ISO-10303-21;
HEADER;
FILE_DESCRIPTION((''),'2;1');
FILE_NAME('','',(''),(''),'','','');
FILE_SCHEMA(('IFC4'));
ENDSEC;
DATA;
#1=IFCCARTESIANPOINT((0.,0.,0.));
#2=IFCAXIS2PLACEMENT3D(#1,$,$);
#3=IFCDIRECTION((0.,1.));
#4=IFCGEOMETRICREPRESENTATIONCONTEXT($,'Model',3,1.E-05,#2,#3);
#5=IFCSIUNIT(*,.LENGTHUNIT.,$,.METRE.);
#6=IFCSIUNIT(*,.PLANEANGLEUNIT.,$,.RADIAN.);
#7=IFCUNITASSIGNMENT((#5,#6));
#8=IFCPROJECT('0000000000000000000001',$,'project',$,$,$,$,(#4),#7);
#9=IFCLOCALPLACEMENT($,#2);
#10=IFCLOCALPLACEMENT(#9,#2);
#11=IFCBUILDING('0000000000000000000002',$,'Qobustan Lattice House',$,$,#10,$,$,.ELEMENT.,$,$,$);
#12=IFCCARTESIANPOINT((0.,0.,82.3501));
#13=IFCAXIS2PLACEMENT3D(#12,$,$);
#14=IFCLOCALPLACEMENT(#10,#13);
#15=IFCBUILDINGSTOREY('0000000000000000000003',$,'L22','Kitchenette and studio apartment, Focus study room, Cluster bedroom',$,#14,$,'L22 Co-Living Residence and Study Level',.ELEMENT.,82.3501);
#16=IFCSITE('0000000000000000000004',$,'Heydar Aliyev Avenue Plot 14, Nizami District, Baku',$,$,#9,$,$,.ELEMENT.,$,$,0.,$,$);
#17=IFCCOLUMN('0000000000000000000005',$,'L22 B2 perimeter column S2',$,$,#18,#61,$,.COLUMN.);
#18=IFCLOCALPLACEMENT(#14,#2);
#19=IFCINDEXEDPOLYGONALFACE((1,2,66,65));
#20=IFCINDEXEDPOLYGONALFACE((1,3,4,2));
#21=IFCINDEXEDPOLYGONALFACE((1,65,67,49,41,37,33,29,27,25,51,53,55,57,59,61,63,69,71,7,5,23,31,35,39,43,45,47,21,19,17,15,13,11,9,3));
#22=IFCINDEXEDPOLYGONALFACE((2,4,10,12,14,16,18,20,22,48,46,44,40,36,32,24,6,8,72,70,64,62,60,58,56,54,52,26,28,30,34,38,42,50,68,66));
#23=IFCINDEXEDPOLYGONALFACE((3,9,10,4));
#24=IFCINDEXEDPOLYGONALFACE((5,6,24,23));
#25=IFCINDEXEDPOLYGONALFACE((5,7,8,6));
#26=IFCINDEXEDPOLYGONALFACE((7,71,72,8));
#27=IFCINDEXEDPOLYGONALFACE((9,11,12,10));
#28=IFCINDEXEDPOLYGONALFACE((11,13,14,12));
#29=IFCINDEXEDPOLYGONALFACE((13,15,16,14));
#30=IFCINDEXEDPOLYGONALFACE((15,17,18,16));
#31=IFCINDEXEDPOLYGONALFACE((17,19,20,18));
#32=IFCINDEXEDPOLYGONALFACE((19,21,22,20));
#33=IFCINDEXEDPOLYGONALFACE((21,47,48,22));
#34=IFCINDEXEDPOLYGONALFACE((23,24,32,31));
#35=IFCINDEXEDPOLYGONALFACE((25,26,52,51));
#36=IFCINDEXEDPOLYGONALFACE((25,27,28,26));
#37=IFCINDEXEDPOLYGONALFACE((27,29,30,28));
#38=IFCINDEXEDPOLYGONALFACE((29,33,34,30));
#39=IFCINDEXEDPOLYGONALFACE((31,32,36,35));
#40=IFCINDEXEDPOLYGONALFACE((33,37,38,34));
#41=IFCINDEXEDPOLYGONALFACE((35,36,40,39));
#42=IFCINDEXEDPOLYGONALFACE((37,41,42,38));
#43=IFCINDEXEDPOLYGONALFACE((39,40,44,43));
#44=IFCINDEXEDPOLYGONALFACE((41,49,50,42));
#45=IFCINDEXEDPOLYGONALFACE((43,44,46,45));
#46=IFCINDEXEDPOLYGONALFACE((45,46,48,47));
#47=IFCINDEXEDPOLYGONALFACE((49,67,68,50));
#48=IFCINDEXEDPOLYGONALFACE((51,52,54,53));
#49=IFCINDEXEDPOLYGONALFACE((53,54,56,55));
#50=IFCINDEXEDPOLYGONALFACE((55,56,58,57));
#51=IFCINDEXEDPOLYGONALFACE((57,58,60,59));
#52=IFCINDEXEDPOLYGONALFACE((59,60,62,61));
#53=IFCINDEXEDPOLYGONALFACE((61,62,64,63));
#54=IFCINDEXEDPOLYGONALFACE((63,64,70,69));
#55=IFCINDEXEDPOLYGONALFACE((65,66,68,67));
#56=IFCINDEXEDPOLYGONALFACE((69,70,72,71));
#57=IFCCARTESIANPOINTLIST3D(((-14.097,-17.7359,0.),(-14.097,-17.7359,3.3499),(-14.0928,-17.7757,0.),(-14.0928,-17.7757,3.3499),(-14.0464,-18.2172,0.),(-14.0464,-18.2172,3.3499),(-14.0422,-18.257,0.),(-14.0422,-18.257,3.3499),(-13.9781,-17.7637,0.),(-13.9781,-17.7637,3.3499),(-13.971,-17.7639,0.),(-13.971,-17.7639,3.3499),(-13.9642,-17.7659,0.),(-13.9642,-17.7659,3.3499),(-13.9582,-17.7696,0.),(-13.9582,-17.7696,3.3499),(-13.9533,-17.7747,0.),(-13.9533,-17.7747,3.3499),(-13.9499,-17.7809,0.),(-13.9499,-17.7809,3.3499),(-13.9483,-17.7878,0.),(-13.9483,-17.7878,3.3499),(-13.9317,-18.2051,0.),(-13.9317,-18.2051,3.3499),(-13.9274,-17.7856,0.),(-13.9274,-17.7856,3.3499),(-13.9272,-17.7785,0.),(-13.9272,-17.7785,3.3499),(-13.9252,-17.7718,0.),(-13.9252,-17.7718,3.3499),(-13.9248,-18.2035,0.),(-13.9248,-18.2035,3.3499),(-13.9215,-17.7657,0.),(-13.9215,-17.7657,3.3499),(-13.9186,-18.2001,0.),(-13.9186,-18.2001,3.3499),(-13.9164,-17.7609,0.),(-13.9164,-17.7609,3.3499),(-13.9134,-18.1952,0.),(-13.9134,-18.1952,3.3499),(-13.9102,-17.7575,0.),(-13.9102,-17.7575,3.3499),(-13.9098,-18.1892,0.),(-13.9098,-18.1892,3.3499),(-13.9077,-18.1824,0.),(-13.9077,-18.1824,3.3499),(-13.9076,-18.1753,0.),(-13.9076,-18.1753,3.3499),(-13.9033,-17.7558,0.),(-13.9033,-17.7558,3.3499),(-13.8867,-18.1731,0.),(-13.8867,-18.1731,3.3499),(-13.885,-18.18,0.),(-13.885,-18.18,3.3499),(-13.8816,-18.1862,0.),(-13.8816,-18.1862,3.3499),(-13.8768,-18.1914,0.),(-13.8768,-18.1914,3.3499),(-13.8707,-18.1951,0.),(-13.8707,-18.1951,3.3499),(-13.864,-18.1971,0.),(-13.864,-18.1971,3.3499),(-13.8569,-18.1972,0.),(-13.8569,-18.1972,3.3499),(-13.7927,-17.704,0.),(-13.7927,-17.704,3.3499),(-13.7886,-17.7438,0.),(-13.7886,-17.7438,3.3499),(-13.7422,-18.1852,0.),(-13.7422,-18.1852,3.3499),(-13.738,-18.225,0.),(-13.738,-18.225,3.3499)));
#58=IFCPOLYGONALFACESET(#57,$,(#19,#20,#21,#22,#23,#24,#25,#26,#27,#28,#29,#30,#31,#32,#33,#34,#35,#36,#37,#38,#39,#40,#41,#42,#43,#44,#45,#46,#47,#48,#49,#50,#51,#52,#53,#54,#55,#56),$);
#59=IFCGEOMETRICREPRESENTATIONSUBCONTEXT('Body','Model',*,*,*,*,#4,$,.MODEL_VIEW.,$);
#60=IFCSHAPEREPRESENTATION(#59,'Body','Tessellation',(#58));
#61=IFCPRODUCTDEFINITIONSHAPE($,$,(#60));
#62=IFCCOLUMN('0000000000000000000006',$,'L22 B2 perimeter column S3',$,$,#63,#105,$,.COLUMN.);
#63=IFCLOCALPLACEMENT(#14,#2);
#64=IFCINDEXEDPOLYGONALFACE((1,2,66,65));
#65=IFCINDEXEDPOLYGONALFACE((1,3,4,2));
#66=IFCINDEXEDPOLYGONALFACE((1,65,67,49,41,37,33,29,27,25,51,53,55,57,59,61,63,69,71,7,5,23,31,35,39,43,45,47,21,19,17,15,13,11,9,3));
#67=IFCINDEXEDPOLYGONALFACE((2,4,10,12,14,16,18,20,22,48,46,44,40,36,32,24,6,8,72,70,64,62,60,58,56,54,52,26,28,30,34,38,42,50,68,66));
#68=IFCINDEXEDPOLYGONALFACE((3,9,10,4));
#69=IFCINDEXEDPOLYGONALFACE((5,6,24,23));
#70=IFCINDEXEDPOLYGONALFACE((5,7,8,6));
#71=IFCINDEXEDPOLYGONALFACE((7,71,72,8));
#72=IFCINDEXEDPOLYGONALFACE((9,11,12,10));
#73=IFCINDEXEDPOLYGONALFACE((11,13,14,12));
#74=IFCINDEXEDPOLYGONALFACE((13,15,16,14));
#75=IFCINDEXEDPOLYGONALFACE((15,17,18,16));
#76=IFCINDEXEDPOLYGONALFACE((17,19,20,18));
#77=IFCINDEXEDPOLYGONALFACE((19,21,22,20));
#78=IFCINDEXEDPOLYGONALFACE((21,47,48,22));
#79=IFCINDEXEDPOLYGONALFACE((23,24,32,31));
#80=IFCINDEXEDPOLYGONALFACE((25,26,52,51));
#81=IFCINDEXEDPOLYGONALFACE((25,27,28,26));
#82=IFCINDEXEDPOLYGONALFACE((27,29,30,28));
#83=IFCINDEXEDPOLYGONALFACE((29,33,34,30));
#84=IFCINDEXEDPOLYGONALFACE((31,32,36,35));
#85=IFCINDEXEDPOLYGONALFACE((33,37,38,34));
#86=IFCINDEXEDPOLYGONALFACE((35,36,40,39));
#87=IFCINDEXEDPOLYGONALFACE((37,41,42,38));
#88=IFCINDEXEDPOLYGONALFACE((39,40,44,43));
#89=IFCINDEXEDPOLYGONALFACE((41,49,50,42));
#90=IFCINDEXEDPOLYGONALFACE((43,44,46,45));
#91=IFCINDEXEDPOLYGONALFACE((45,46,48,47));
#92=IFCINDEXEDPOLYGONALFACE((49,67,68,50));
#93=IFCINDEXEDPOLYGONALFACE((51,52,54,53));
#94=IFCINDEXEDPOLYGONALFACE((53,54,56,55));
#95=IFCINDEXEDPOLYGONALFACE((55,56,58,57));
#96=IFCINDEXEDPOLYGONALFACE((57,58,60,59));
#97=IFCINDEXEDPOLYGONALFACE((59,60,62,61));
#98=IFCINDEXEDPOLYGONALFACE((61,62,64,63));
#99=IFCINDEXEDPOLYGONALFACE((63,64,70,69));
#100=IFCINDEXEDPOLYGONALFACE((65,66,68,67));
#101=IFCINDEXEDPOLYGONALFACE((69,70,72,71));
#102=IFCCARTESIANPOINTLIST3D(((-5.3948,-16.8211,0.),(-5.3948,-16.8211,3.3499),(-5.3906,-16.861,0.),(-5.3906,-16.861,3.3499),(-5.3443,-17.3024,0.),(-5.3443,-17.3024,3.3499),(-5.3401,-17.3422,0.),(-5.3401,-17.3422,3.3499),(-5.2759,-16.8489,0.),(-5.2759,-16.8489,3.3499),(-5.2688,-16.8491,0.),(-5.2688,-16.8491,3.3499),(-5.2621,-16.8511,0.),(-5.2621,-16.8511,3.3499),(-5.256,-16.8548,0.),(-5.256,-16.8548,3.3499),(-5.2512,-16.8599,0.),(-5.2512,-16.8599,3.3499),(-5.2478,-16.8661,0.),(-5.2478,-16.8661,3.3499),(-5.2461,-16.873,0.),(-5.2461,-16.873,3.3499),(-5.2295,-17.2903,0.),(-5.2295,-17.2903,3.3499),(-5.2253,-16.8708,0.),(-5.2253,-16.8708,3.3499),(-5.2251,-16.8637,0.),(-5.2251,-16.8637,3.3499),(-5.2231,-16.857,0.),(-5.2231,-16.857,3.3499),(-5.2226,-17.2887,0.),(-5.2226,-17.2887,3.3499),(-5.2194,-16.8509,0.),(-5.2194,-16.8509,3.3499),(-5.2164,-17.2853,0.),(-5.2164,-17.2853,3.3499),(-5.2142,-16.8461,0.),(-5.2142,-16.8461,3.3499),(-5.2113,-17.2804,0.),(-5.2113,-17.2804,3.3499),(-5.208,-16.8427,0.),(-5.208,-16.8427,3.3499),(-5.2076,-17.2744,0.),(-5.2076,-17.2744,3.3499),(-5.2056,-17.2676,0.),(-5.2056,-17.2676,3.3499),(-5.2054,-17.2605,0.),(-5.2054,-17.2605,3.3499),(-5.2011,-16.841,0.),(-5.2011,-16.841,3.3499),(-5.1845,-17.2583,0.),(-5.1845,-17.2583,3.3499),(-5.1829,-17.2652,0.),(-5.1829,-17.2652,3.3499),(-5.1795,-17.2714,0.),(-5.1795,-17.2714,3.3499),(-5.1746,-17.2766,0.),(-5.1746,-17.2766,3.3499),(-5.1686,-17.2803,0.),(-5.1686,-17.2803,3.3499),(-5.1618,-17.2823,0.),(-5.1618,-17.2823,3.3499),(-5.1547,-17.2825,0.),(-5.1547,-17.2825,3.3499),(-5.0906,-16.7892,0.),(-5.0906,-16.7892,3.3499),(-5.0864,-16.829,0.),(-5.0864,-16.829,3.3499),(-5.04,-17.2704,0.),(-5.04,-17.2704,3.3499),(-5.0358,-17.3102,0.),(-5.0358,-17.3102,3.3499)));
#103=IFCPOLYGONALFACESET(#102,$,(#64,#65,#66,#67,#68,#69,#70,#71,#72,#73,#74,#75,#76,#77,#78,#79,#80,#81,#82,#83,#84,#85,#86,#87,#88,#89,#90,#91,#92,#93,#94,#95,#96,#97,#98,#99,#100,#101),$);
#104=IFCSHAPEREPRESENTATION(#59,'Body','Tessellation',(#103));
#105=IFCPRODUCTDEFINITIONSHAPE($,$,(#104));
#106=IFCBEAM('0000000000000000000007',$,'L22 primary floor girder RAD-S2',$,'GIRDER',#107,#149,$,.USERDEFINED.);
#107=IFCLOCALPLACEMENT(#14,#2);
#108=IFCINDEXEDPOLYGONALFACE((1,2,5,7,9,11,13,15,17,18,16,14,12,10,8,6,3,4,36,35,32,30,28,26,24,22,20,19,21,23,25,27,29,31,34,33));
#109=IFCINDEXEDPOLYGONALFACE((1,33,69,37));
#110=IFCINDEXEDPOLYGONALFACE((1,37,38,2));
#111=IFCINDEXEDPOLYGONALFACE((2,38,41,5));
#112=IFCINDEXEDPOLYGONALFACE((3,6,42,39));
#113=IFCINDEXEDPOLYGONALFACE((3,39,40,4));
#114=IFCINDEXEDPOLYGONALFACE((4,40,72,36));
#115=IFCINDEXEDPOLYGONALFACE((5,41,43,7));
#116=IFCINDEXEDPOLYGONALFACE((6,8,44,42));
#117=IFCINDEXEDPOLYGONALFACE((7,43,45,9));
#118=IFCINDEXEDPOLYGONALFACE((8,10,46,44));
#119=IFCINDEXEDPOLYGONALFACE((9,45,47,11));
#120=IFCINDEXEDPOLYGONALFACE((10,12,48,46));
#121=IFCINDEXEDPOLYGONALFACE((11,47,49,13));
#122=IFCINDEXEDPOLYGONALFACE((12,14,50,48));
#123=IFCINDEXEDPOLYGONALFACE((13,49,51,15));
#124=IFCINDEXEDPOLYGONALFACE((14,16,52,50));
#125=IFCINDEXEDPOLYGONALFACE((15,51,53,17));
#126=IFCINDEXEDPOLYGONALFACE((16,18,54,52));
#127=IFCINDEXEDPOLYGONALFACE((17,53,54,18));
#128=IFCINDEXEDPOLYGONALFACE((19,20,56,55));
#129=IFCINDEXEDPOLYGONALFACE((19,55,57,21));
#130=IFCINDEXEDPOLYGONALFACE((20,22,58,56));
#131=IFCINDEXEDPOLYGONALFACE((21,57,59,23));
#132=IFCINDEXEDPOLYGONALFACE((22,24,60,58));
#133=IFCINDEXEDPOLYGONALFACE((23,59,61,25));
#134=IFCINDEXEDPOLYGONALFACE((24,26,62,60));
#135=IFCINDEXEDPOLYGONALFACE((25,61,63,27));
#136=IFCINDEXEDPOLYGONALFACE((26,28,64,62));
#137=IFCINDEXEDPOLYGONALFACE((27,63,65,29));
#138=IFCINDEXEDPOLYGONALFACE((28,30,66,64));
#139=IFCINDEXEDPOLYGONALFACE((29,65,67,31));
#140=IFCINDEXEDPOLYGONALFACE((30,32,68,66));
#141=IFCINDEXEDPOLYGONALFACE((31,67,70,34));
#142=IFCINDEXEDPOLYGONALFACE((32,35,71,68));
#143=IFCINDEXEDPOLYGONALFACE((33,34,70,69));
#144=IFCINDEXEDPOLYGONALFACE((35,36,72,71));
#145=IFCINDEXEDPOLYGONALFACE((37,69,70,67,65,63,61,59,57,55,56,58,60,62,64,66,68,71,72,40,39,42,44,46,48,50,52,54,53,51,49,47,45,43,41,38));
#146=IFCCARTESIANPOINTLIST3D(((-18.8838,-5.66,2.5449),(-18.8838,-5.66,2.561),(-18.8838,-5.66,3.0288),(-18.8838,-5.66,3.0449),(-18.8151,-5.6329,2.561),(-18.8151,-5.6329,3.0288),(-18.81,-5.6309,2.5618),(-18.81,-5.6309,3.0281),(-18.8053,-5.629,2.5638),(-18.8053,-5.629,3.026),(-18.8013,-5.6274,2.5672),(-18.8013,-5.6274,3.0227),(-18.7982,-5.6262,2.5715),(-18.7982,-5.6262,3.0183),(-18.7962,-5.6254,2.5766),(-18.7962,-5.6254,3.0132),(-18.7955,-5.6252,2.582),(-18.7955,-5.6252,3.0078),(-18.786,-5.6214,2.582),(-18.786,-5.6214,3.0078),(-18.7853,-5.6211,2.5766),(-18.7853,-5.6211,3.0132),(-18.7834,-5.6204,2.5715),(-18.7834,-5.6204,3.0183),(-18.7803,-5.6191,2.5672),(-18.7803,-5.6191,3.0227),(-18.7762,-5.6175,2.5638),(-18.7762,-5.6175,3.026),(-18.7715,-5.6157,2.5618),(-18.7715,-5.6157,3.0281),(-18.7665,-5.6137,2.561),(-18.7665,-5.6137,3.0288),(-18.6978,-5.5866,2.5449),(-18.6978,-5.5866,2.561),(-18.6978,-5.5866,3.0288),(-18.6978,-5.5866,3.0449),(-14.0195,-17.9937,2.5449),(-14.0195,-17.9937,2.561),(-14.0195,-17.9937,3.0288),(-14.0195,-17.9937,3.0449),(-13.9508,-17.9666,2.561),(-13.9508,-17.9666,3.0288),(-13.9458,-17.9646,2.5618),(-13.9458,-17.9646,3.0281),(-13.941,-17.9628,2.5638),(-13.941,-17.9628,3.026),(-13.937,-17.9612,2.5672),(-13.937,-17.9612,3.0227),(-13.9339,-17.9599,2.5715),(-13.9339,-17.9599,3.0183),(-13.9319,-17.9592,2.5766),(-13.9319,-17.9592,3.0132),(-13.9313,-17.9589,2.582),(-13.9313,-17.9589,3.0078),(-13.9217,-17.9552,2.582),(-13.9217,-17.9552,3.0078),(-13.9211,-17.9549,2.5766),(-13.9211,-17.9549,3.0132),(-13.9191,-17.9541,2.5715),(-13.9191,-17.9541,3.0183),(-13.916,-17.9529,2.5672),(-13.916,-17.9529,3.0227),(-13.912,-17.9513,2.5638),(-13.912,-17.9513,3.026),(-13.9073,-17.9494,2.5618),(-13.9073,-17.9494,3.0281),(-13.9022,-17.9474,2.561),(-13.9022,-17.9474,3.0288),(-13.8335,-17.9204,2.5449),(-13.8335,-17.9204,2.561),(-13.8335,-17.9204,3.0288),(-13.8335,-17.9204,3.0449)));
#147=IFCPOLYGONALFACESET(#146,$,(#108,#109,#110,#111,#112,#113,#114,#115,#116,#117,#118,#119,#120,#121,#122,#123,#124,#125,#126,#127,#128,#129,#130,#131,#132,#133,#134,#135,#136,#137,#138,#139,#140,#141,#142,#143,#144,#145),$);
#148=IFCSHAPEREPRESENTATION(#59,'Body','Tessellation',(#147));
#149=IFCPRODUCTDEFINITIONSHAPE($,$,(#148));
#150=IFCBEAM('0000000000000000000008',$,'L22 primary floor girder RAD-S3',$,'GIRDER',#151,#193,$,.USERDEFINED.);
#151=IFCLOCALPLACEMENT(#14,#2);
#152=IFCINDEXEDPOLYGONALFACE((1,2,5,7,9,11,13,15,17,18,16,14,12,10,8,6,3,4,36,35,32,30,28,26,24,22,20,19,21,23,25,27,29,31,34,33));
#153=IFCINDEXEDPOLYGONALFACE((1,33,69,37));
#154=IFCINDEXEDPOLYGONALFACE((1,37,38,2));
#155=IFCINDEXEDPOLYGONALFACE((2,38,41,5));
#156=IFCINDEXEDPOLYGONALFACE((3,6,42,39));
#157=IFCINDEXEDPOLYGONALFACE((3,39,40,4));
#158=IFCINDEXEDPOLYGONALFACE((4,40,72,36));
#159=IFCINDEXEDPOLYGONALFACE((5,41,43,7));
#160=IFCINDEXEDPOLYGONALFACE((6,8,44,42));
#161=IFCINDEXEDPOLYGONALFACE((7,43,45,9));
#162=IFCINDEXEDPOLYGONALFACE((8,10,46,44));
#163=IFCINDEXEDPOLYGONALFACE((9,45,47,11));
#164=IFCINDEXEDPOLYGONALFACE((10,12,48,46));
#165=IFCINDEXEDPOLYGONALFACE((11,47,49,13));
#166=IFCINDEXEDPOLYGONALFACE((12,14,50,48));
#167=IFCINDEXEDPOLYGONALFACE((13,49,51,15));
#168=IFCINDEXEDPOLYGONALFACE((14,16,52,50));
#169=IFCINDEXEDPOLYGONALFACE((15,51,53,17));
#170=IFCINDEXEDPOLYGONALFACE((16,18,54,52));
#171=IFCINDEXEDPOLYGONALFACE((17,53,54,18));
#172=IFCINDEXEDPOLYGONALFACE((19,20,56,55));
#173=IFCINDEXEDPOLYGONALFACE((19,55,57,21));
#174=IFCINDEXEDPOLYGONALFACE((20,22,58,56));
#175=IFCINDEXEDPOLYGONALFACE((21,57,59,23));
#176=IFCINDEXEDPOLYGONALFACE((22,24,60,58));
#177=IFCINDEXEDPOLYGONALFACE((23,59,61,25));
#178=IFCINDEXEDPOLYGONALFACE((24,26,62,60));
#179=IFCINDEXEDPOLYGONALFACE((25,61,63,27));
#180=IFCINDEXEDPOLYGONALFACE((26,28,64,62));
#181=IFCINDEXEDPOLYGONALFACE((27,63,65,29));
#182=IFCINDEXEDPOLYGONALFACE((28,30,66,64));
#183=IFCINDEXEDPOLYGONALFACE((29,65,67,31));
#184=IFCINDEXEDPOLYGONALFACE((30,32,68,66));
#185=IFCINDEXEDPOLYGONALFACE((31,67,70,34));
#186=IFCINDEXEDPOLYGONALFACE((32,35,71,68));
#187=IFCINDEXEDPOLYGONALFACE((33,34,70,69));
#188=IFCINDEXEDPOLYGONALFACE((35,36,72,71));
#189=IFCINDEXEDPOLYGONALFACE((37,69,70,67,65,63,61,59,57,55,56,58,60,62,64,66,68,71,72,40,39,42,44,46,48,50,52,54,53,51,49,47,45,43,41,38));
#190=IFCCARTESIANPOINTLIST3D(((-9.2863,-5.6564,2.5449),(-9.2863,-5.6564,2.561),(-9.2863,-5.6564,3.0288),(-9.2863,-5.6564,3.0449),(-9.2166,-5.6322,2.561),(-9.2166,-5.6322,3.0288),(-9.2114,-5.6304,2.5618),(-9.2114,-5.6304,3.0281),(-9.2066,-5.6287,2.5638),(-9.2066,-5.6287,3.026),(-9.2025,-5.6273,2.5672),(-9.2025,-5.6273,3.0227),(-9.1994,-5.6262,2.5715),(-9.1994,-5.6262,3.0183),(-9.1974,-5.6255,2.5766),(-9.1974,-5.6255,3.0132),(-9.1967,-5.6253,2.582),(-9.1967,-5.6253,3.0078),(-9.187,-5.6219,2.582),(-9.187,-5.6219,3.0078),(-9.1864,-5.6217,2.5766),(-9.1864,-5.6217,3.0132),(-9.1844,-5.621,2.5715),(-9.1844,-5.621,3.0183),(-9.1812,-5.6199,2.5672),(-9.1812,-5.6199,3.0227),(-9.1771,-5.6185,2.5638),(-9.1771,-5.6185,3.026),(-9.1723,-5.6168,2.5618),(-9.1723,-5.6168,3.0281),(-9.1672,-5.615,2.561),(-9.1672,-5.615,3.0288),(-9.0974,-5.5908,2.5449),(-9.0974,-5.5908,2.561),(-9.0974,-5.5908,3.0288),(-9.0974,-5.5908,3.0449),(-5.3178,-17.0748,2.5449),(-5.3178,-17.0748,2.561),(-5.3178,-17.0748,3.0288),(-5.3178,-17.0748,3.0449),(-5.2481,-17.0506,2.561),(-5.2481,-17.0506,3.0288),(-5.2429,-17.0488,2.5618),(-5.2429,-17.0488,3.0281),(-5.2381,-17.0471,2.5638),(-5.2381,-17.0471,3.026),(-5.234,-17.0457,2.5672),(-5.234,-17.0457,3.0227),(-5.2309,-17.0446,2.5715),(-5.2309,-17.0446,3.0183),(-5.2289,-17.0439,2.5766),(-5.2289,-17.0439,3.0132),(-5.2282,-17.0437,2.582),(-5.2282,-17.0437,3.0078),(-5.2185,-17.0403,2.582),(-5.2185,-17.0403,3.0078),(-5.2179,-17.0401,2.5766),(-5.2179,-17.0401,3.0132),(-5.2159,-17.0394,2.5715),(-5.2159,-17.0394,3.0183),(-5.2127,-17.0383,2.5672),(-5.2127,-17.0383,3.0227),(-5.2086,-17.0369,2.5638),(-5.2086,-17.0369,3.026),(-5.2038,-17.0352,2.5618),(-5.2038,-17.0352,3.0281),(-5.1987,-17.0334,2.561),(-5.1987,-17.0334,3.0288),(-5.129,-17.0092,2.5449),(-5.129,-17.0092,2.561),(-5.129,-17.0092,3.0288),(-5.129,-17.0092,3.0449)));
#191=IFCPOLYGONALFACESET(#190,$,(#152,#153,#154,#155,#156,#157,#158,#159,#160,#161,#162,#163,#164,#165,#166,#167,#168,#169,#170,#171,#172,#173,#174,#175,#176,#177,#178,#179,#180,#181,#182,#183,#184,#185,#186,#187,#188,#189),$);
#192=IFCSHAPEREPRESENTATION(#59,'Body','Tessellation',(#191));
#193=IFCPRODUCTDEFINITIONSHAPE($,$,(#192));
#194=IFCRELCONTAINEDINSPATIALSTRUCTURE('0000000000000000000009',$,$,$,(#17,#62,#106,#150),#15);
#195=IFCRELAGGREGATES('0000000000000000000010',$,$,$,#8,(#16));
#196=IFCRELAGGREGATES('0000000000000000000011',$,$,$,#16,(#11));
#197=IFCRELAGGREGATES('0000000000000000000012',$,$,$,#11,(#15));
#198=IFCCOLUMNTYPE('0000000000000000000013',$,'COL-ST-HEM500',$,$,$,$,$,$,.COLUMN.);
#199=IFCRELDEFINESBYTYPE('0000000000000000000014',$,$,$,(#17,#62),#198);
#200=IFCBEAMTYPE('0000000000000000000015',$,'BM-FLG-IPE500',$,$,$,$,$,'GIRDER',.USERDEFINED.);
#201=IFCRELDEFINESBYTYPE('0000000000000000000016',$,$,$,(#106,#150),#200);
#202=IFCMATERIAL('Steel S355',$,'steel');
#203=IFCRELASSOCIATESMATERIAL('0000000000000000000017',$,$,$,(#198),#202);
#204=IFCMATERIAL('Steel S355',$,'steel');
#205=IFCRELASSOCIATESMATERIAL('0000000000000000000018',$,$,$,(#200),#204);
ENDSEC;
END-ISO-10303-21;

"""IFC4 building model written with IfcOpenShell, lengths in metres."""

from ifc_helpers import new_model, si_unit, direction, frame, origin, origin_2d, place, context, subcontext, project, spatial, i_section, extrude, material, material_profile, profile_set, type_object, element, save


model = new_model("IFC4")

# Units and contexts
model_context = context("Model", 3, precision=1e-05, world=origin(), true_north=direction((0.0, 1.0)))
body_context = subcontext(model_context, "Body", "Model", "MODEL_VIEW")
ifc_project = project(units=[si_unit("LENGTHUNIT", "METRE"), si_unit("PLANEANGLEUNIT", "RADIAN")], contexts=[model_context])

# Site, building, storey
site_placement = place(None, origin())
site = spatial("IfcSite", under=ifc_project, at=site_placement, Name="Heydar Aliyev Avenue Plot 14, Nizami District, Baku", CompositionType="ELEMENT", RefElevation=0.0)
building_placement = place(site_placement, origin())
building = spatial("IfcBuilding", under=site, at=building_placement, Name="Qobustan Lattice House", CompositionType="ELEMENT")
storey_placement = place(building_placement, frame((0.0, 0.0, 82.3501)))
storey = spatial("IfcBuildingStorey", under=building, at=storey_placement, Name="L22", Description="Kitchenette and studio apartment, Focus study room, Cluster bedroom", LongName="L22 Co-Living Residence and Study Level", CompositionType="ELEMENT", Elevation=82.3501)

# Columns
ifc_material_1 = material(Name="Steel S355", Category="steel")
ifc_material_profile_1 = material_profile(ifc_material_1, i_section(OverallWidth=0.3059, OverallDepth=0.5239, WebThickness=0.021, FlangeThickness=0.04, FilletRadius=0.0271, at=origin_2d()), Name="HEM500")
ifc_profile_set_1 = profile_set([ifc_material_profile_1], Name="Steel S355")
column_type = type_object("IfcColumnType", Name="COL-ST-HEM500", PredefinedType="COLUMN", material=ifc_profile_set_1)
for number, where, z_axis, x_axis, name in (
    (1, (-13.9175, -17.9805, 0.0), (0.0, 0.0, 1.0), (0.994522, 0.104528, 0.0), "L22 B2 perimeter column S2"),
    (2, (-5.2153, -17.0657, 0.0), (0.0, 0.0, 1.0), (0.994522, 0.104528, 0.0), "L22 B2 perimeter column S3"),
):
    element("IfcColumn", number, at=place(storey_placement, frame(where, z_axis=z_axis, x_axis=x_axis)), inside=storey, type_object=column_type, Name=name, PredefinedType="COLUMN", context=body_context, shape_type="SweptSolid", body=[
        extrude(i_section(OverallWidth=0.3059, OverallDepth=0.5239, WebThickness=0.021, FlangeThickness=0.04, FilletRadius=0.0271, at=origin_2d()), origin(), (0.0, 0.0, 1.0), 3.3499),
    ])

# Beams
ifc_material_2 = material(Name="Steel S355", Category="steel")
ifc_material_profile_2 = material_profile(ifc_material_2, i_section(OverallWidth=0.2, OverallDepth=0.5, WebThickness=0.0103, FlangeThickness=0.0161, FilletRadius=0.021, at=origin_2d()), Name="IPE500")
ifc_profile_set_2 = profile_set([ifc_material_profile_2], Name="Steel S355")
beam_type_1 = type_object("IfcBeamType", Name="BM-FLG-IPE500", ElementType="GIRDER", PredefinedType="USERDEFINED", material=ifc_profile_set_2)
beam_1_placement = place(storey_placement, frame((-13.9265, -17.957, 2.7949), z_axis=(-0.366884, 0.930267, 0.0), x_axis=(-0.930267, -0.366884, 0.0)))
element("IfcBeam", 3, at=beam_1_placement, inside=storey, type_object=beam_type_1, Name="L22 primary floor girder RAD-S2", ObjectType="GIRDER", PredefinedType="USERDEFINED", context=body_context, shape_type="SweptSolid", body=[
    extrude(i_section(OverallWidth=0.2, OverallDepth=0.5, WebThickness=0.0103, FlangeThickness=0.0161, FilletRadius=0.021, at=origin_2d()), origin(), (0.0, 0.0, 1.0), 13.2583),
])
beam_2_placement = place(storey_placement, frame((-5.2234, -17.042, 2.7949), z_axis=(-0.32829, 0.944577, 0.0), x_axis=(-0.944577, -0.32829, 0.0)))
element("IfcBeam", 4, at=beam_2_placement, inside=storey, type_object=beam_type_1, Name="L22 primary floor girder RAD-S3", ObjectType="GIRDER", PredefinedType="USERDEFINED", context=body_context, shape_type="SweptSolid", body=[
    extrude(i_section(OverallWidth=0.2, OverallDepth=0.5, WebThickness=0.0103, FlangeThickness=0.0161, FilletRadius=0.021, at=origin_2d()), origin(), (0.0, 0.0, 1.0), 12.0884),
])

save(model, "model.ifc")
